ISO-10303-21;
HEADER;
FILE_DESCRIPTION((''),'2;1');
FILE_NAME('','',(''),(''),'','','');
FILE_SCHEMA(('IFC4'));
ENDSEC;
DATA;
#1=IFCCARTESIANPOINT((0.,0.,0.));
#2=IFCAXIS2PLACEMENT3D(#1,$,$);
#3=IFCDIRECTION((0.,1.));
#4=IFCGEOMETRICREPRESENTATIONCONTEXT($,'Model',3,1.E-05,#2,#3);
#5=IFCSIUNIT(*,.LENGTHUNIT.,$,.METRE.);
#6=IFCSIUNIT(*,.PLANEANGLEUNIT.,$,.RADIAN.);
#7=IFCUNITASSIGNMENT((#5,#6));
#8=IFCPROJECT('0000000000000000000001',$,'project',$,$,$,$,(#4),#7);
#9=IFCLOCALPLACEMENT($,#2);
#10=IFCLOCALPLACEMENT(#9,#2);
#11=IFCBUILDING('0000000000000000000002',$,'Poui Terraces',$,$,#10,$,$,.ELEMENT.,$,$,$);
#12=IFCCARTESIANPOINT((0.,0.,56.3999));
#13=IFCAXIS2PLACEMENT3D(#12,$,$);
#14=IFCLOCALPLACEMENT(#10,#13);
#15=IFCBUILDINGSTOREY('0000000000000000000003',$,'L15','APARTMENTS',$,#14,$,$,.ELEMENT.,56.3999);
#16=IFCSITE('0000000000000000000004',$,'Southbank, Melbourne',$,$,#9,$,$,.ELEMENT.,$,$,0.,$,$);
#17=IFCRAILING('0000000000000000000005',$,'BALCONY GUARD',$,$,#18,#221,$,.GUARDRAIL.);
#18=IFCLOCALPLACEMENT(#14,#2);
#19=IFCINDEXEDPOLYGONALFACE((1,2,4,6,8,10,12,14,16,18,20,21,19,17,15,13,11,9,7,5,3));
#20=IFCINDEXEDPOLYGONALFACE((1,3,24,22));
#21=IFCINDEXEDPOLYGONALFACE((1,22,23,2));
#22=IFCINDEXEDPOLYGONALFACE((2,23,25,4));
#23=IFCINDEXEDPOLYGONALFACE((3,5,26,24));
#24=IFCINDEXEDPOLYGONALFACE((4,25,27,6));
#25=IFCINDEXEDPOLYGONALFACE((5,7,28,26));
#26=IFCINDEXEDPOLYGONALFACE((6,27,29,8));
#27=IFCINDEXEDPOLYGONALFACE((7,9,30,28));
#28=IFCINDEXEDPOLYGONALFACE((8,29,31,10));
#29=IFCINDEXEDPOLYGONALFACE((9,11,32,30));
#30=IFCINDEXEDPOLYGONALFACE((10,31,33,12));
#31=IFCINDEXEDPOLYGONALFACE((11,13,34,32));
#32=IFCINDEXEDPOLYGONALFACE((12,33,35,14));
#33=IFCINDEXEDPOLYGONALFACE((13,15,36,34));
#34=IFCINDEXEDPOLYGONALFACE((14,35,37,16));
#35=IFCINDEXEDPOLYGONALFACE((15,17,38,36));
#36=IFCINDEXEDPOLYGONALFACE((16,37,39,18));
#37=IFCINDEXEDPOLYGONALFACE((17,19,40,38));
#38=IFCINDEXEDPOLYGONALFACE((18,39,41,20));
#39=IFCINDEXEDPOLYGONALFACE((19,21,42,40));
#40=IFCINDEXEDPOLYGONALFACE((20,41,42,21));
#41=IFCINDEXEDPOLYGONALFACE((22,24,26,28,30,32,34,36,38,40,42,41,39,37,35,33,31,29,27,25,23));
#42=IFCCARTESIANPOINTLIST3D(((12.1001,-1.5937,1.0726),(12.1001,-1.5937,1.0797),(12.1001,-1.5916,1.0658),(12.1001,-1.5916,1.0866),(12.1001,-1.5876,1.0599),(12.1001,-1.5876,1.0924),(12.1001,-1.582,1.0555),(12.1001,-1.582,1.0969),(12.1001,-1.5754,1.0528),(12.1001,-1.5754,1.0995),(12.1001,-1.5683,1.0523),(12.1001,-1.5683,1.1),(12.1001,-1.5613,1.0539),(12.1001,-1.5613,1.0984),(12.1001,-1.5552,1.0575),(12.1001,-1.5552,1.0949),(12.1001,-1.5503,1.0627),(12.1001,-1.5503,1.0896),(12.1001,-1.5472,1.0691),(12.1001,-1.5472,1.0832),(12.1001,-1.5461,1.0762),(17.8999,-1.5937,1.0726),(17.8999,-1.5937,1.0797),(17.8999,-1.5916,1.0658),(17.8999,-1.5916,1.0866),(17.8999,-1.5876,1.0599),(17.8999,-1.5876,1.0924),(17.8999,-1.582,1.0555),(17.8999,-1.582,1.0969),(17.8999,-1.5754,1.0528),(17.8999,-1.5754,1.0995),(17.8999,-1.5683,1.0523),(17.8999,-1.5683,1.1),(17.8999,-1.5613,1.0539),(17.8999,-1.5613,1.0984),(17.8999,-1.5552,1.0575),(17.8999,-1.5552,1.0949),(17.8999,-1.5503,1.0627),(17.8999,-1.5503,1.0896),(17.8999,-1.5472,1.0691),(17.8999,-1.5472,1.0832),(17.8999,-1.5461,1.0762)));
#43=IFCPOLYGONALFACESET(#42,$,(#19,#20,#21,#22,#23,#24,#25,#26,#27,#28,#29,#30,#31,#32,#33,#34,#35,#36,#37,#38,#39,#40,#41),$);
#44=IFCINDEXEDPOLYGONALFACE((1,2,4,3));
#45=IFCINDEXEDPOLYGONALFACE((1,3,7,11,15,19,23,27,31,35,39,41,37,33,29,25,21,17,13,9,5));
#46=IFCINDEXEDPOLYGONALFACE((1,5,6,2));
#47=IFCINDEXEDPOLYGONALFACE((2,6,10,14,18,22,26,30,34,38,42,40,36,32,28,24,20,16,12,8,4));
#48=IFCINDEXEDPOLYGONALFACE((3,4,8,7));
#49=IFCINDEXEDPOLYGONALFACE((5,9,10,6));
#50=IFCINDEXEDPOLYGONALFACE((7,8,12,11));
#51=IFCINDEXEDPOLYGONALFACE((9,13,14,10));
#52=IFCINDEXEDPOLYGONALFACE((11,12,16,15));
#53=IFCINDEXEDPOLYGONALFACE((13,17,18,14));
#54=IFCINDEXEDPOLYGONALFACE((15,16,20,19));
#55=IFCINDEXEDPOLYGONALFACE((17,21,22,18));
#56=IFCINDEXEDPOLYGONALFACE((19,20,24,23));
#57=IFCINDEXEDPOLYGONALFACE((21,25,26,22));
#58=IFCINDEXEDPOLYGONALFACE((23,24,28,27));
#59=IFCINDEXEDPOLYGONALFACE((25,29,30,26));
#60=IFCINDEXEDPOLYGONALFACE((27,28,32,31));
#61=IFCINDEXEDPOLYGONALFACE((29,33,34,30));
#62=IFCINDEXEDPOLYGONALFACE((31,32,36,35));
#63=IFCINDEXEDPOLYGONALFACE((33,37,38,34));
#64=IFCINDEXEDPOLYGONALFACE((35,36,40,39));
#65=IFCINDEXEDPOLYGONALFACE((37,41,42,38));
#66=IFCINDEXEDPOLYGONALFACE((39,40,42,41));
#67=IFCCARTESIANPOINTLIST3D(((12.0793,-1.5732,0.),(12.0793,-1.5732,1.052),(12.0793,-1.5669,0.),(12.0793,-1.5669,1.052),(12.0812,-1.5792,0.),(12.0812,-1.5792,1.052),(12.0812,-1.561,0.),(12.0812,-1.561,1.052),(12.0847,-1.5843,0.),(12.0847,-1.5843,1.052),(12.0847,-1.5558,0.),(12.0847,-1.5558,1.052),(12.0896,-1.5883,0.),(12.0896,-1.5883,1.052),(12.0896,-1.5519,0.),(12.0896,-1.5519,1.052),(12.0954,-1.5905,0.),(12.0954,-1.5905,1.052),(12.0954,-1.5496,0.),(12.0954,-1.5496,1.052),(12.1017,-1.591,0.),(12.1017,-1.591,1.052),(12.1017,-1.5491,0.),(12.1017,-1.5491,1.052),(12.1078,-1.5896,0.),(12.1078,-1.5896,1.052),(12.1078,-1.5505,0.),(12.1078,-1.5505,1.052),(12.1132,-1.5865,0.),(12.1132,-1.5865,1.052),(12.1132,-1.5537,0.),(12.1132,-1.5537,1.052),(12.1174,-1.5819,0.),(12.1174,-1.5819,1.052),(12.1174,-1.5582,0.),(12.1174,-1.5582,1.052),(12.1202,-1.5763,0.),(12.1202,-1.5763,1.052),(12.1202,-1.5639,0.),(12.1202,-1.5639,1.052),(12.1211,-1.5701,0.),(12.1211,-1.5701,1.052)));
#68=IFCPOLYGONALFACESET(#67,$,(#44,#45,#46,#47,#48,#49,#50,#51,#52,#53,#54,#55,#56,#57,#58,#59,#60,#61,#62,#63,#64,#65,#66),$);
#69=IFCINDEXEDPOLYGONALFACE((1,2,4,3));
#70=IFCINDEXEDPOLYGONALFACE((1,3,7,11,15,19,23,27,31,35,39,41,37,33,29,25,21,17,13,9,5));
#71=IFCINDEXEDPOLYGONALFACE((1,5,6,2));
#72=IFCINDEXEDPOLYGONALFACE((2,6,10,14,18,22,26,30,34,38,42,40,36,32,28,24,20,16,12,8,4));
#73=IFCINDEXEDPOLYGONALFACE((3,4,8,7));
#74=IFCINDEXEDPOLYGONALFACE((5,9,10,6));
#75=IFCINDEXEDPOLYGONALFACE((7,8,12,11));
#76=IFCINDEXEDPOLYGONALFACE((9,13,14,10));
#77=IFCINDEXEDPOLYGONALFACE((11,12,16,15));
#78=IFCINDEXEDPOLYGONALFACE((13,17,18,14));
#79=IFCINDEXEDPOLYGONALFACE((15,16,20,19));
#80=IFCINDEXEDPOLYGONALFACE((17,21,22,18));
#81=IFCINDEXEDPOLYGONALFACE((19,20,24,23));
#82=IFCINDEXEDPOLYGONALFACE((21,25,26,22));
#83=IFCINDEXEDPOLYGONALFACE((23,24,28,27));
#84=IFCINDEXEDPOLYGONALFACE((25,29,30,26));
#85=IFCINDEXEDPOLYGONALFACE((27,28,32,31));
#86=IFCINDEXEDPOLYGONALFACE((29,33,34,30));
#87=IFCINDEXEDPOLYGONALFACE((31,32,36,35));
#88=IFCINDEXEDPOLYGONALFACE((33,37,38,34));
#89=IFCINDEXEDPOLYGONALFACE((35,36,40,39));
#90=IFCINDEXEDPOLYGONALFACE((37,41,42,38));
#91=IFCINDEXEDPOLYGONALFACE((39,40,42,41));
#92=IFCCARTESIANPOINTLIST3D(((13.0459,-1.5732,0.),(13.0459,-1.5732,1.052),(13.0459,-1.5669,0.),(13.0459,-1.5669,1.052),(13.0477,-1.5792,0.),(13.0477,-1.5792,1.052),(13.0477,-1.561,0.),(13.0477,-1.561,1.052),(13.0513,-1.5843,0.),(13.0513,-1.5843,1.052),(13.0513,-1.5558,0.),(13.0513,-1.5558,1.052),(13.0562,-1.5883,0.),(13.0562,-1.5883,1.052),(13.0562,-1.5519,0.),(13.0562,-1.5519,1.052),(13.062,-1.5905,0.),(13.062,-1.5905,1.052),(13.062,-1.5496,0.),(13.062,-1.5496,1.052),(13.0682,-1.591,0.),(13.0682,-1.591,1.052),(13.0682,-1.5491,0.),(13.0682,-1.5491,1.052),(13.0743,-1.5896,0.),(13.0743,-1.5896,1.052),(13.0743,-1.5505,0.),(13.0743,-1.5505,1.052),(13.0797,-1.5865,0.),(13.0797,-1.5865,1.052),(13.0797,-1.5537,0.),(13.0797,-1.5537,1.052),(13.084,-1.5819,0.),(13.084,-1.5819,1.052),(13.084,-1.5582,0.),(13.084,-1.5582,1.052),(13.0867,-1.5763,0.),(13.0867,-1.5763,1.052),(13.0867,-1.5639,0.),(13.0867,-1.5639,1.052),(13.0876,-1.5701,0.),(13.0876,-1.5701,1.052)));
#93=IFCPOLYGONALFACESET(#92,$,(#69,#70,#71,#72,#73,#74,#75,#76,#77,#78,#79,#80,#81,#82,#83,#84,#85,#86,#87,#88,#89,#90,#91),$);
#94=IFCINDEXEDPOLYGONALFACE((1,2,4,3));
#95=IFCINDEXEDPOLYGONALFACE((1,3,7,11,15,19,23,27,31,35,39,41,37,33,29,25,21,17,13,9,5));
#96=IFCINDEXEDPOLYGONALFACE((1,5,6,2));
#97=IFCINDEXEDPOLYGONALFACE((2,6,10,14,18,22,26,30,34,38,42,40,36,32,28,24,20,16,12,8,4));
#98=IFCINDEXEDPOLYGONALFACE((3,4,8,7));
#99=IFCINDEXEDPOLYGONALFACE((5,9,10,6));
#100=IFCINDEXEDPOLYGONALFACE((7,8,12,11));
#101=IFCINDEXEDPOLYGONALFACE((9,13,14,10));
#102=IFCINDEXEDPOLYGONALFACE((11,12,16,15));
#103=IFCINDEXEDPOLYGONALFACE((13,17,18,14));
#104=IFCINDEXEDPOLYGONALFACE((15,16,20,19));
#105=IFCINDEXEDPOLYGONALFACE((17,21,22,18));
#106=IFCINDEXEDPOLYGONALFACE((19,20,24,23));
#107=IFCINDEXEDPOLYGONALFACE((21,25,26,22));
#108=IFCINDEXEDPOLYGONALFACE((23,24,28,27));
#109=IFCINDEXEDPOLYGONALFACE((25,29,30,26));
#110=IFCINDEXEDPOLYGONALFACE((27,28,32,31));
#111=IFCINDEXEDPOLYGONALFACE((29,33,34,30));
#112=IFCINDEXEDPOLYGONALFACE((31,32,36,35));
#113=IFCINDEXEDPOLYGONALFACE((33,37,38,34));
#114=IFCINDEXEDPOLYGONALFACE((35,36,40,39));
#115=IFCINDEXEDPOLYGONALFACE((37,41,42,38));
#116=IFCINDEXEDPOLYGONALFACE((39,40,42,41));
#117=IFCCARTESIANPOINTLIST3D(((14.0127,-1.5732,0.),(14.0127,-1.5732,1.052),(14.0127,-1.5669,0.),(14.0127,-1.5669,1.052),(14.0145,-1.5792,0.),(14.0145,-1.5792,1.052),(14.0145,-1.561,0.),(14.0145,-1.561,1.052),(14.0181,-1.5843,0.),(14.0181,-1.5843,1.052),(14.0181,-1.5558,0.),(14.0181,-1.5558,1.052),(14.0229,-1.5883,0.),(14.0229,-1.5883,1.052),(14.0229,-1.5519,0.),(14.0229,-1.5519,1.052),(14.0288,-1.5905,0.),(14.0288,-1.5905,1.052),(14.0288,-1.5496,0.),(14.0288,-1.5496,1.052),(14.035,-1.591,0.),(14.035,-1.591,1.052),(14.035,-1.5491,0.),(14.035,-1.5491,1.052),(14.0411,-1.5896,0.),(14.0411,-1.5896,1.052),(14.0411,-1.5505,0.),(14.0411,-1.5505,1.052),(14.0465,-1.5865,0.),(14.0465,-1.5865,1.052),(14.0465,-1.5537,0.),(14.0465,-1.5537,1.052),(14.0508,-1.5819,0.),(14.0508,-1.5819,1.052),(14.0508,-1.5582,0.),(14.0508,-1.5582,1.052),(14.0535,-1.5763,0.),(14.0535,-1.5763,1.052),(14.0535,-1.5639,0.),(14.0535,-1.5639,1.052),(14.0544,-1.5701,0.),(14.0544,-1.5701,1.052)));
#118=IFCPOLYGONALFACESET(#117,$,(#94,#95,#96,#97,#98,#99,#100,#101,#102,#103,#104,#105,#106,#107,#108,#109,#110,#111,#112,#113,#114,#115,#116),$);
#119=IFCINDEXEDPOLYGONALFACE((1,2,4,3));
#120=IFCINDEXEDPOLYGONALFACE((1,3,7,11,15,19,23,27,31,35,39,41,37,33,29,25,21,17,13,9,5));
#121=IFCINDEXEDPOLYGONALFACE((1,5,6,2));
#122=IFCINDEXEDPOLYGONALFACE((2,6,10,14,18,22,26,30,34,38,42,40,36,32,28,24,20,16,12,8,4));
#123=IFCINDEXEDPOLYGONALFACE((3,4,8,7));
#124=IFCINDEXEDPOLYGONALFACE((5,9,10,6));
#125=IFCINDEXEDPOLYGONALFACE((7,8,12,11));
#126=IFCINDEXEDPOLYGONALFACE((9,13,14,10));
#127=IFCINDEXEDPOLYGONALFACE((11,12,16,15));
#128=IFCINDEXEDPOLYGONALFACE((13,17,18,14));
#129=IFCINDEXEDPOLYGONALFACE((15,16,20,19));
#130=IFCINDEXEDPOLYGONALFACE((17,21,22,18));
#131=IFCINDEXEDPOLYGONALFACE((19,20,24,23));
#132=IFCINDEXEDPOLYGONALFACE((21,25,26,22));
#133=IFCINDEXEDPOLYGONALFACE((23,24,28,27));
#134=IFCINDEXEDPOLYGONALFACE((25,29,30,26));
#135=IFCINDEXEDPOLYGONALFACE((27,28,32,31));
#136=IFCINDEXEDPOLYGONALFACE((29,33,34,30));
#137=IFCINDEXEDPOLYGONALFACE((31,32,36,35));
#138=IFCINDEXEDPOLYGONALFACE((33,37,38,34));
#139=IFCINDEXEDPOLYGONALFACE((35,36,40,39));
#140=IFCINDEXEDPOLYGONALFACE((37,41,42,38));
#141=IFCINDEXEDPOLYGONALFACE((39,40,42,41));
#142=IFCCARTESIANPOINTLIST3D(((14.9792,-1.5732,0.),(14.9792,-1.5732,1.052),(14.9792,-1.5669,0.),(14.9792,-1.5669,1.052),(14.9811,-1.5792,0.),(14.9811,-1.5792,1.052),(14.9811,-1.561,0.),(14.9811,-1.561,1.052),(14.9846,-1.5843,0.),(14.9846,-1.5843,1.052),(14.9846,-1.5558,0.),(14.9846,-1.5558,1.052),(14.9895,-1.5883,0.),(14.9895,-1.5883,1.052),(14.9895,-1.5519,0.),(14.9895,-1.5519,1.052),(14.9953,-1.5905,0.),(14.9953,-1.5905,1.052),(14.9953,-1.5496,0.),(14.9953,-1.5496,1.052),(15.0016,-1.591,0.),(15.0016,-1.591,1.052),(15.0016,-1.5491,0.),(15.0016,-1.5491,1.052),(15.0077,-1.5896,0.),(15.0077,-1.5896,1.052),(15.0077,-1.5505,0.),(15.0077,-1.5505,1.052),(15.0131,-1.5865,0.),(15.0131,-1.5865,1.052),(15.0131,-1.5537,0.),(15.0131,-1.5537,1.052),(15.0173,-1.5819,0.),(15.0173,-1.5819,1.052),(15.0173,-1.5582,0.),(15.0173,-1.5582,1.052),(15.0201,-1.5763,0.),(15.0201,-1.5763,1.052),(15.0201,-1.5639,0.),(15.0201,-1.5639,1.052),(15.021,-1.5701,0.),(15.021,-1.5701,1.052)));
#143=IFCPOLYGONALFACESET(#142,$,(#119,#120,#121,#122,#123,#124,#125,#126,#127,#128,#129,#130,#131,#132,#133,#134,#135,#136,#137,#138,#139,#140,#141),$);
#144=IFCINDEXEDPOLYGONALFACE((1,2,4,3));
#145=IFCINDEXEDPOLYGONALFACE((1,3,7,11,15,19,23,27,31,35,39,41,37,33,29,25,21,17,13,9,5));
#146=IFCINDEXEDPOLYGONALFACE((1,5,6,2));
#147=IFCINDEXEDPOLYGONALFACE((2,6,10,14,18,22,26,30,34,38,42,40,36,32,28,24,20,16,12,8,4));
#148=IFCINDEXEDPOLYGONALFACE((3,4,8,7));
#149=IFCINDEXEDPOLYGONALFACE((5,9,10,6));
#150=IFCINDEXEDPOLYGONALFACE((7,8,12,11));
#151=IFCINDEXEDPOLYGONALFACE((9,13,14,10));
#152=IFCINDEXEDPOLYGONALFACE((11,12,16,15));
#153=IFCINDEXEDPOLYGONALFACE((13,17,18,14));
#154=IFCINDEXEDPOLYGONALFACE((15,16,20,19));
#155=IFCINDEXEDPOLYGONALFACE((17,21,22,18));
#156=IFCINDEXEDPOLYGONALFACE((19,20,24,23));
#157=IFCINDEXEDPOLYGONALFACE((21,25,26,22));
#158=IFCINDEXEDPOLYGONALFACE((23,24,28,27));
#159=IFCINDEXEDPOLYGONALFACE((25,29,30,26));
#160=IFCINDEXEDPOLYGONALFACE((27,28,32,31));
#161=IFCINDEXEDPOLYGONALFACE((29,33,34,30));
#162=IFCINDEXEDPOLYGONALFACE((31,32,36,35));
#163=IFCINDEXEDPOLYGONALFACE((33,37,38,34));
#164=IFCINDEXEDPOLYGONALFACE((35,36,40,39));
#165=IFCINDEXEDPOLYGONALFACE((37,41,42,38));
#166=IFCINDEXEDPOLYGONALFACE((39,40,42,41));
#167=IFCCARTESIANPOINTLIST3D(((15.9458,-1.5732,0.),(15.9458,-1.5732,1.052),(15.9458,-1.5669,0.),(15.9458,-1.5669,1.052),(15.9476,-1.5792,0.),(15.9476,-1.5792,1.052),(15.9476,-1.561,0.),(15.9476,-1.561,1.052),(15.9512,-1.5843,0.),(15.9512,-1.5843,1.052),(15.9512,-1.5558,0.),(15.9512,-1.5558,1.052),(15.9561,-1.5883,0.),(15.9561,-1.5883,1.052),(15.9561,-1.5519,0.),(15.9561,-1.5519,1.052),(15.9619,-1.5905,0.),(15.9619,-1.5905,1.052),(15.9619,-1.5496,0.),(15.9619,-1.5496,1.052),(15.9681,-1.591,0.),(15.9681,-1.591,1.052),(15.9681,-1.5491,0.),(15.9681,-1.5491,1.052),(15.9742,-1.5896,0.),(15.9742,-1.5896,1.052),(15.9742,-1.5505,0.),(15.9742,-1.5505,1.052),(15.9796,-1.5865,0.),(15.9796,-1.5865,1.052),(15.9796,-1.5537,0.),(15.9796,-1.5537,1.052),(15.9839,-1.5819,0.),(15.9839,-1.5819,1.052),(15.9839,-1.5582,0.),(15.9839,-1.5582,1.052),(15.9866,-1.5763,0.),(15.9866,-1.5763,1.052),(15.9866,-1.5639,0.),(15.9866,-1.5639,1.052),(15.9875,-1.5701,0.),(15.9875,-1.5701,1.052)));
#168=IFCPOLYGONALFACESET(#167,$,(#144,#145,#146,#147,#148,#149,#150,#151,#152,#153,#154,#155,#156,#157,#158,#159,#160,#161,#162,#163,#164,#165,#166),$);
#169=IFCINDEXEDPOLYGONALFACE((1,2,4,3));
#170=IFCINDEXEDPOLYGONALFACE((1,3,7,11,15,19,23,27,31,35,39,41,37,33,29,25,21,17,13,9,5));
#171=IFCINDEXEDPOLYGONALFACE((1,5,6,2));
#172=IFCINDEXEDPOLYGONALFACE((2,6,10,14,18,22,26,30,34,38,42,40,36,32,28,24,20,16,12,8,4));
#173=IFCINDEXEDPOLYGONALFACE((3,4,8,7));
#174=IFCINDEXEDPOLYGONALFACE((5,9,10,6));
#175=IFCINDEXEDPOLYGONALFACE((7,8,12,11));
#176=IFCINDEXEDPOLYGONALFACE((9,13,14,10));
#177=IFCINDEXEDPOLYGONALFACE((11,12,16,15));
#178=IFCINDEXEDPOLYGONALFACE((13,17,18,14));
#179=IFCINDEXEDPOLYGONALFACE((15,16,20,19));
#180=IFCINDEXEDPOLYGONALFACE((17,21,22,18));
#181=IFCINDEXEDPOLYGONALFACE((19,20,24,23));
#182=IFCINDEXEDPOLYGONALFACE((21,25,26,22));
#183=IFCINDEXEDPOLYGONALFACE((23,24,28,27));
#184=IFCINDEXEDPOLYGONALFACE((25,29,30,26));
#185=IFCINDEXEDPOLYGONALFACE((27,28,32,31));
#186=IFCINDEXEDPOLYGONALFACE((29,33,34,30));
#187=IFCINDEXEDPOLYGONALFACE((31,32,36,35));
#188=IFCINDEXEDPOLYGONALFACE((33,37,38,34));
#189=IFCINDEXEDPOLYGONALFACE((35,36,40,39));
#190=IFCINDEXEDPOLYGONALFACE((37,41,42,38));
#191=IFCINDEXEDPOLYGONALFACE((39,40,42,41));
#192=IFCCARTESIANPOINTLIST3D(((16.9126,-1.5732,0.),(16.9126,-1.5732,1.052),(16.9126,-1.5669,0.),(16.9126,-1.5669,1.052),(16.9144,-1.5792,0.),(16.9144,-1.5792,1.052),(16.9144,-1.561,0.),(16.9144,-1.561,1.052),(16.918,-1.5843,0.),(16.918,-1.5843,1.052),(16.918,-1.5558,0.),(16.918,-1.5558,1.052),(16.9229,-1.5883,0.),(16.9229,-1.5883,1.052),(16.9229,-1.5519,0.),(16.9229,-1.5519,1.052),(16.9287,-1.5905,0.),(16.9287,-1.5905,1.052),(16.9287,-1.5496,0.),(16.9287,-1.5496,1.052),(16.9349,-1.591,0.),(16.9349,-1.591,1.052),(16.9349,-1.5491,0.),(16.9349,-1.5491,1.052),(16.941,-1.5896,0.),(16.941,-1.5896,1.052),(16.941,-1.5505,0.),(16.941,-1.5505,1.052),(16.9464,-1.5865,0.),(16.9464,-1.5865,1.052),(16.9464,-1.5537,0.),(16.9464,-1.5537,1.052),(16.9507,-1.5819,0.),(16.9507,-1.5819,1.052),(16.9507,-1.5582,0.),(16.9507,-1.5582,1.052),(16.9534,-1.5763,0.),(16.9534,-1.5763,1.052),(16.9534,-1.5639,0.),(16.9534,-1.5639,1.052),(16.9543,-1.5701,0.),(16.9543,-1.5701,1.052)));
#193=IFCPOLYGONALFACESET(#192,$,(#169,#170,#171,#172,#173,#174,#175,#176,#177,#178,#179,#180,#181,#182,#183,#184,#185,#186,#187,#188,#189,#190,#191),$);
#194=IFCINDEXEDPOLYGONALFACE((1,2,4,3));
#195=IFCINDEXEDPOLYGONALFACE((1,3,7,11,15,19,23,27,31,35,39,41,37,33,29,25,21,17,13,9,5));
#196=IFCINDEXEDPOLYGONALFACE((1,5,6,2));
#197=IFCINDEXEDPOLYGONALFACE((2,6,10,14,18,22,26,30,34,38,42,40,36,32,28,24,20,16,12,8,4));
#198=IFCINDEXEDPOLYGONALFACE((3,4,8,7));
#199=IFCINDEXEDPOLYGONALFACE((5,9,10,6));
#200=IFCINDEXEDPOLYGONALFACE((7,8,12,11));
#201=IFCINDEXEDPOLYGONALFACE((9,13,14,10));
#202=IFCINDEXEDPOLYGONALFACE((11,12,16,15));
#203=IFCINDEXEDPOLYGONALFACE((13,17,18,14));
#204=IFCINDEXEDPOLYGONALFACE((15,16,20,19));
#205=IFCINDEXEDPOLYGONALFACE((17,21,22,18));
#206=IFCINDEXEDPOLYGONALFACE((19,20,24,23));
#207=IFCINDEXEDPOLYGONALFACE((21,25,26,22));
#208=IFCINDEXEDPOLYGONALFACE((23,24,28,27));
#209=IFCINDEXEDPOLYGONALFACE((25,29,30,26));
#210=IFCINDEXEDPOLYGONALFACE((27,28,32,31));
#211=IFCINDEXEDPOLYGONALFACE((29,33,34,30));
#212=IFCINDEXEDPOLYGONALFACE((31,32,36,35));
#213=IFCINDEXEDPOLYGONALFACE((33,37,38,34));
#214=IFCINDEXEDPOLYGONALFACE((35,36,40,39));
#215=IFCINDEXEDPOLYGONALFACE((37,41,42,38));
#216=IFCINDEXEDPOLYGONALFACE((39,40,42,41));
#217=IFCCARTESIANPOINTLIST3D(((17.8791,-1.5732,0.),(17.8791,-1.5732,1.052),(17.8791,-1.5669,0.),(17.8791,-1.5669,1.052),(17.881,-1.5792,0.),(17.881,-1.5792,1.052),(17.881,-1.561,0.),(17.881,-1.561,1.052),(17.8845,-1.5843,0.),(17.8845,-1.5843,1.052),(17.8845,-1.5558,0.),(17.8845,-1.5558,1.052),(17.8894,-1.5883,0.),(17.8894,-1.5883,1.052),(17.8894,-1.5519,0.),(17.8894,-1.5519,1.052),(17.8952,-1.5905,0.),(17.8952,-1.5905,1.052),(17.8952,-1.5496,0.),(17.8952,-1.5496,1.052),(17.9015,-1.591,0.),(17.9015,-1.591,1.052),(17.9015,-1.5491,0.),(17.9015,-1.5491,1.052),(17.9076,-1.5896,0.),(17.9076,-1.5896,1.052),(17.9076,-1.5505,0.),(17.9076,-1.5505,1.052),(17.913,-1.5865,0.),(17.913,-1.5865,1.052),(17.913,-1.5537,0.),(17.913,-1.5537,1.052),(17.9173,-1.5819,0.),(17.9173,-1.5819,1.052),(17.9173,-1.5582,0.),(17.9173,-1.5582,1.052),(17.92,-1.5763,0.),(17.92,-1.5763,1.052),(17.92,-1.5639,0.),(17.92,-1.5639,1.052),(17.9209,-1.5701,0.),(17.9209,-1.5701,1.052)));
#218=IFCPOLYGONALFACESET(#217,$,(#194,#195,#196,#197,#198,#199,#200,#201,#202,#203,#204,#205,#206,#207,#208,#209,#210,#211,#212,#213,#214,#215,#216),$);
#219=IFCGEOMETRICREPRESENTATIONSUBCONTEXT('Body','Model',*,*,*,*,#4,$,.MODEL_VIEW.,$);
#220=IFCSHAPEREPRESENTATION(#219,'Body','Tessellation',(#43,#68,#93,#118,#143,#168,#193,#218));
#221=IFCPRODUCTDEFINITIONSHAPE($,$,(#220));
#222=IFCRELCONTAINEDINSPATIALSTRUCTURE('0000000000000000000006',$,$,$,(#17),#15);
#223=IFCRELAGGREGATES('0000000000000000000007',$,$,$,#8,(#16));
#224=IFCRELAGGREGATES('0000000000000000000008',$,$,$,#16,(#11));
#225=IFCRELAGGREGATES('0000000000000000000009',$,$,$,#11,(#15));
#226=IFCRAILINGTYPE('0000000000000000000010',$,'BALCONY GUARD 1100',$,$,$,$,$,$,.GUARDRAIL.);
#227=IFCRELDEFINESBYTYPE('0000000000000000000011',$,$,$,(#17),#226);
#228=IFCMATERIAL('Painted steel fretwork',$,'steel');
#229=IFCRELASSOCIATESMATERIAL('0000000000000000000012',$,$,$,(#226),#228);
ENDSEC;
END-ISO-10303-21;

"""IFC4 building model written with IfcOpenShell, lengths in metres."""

from ifc_helpers import new_model, si_unit, direction, frame, origin, origin_2d, place, context, subcontext, project, spatial, circle, extrude, material, type_object, element, save


model = new_model("IFC4")

# Units and contexts
model_context = context("Model", 3, precision=1e-05, world=origin(), true_north=direction((0.0, 1.0)))
body_context = subcontext(model_context, "Body", "Model", "MODEL_VIEW")
ifc_project = project(units=[si_unit("LENGTHUNIT", "METRE"), si_unit("PLANEANGLEUNIT", "RADIAN")], contexts=[model_context])

# Site, building, storey
site_placement = place(None, origin())
site = spatial("IfcSite", under=ifc_project, at=site_placement, Name="Southbank, Melbourne", CompositionType="ELEMENT", RefElevation=0.0)
building_placement = place(site_placement, origin())
building = spatial("IfcBuilding", under=site, at=building_placement, Name="Poui Terraces", CompositionType="ELEMENT")
storey_placement = place(building_placement, frame((0.0, 0.0, 56.3999)))
storey = spatial("IfcBuildingStorey", under=building, at=storey_placement, Name="L15", Description="APARTMENTS", CompositionType="ELEMENT", Elevation=56.3999)

# Railing
ifc_material_1 = material(Name="Painted steel fretwork", Category="steel")
railing_type = type_object("IfcRailingType", Name="BALCONY GUARD 1100", PredefinedType="GUARDRAIL", material=ifc_material_1)
railing_placement = place(storey_placement, frame((12.1001, -1.5701, 0.0)))
element("IfcRailing", 1, at=railing_placement, inside=storey, type_object=railing_type, Name="BALCONY GUARD", PredefinedType="GUARDRAIL", context=body_context, shape_type="SweptSolid", body=[
    extrude(circle(Radius=0.0239, at=origin_2d()), frame((0.0, 0.0, 1.0762), z_axis=(1.0, 0.0, 0.0), x_axis=(0.0, 1.0, 0.0)), (0.0, 0.0, 1.0), 5.7998),
    extrude(circle(Radius=0.021, at=origin_2d()), origin(), (0.0, 0.0, 1.0), 1.052),
    extrude(circle(Radius=0.021, at=origin_2d()), frame((0.9666, 0.0, 0.0)), (0.0, 0.0, 1.0), 1.052),
    extrude(circle(Radius=0.021, at=origin_2d()), frame((1.9333, 0.0, 0.0)), (0.0, 0.0, 1.0), 1.052),
    extrude(circle(Radius=0.021, at=origin_2d()), frame((2.8999, 0.0, 0.0)), (0.0, 0.0, 1.0), 1.052),
    extrude(circle(Radius=0.021, at=origin_2d()), frame((3.8665, 0.0, 0.0)), (0.0, 0.0, 1.0), 1.052),
    extrude(circle(Radius=0.021, at=origin_2d()), frame((4.8333, 0.0, 0.0)), (0.0, 0.0, 1.0), 1.052),
    extrude(circle(Radius=0.021, at=origin_2d()), frame((5.7998, 0.0, 0.0)), (0.0, 0.0, 1.0), 1.052),
])

save(model, "model.ifc")
